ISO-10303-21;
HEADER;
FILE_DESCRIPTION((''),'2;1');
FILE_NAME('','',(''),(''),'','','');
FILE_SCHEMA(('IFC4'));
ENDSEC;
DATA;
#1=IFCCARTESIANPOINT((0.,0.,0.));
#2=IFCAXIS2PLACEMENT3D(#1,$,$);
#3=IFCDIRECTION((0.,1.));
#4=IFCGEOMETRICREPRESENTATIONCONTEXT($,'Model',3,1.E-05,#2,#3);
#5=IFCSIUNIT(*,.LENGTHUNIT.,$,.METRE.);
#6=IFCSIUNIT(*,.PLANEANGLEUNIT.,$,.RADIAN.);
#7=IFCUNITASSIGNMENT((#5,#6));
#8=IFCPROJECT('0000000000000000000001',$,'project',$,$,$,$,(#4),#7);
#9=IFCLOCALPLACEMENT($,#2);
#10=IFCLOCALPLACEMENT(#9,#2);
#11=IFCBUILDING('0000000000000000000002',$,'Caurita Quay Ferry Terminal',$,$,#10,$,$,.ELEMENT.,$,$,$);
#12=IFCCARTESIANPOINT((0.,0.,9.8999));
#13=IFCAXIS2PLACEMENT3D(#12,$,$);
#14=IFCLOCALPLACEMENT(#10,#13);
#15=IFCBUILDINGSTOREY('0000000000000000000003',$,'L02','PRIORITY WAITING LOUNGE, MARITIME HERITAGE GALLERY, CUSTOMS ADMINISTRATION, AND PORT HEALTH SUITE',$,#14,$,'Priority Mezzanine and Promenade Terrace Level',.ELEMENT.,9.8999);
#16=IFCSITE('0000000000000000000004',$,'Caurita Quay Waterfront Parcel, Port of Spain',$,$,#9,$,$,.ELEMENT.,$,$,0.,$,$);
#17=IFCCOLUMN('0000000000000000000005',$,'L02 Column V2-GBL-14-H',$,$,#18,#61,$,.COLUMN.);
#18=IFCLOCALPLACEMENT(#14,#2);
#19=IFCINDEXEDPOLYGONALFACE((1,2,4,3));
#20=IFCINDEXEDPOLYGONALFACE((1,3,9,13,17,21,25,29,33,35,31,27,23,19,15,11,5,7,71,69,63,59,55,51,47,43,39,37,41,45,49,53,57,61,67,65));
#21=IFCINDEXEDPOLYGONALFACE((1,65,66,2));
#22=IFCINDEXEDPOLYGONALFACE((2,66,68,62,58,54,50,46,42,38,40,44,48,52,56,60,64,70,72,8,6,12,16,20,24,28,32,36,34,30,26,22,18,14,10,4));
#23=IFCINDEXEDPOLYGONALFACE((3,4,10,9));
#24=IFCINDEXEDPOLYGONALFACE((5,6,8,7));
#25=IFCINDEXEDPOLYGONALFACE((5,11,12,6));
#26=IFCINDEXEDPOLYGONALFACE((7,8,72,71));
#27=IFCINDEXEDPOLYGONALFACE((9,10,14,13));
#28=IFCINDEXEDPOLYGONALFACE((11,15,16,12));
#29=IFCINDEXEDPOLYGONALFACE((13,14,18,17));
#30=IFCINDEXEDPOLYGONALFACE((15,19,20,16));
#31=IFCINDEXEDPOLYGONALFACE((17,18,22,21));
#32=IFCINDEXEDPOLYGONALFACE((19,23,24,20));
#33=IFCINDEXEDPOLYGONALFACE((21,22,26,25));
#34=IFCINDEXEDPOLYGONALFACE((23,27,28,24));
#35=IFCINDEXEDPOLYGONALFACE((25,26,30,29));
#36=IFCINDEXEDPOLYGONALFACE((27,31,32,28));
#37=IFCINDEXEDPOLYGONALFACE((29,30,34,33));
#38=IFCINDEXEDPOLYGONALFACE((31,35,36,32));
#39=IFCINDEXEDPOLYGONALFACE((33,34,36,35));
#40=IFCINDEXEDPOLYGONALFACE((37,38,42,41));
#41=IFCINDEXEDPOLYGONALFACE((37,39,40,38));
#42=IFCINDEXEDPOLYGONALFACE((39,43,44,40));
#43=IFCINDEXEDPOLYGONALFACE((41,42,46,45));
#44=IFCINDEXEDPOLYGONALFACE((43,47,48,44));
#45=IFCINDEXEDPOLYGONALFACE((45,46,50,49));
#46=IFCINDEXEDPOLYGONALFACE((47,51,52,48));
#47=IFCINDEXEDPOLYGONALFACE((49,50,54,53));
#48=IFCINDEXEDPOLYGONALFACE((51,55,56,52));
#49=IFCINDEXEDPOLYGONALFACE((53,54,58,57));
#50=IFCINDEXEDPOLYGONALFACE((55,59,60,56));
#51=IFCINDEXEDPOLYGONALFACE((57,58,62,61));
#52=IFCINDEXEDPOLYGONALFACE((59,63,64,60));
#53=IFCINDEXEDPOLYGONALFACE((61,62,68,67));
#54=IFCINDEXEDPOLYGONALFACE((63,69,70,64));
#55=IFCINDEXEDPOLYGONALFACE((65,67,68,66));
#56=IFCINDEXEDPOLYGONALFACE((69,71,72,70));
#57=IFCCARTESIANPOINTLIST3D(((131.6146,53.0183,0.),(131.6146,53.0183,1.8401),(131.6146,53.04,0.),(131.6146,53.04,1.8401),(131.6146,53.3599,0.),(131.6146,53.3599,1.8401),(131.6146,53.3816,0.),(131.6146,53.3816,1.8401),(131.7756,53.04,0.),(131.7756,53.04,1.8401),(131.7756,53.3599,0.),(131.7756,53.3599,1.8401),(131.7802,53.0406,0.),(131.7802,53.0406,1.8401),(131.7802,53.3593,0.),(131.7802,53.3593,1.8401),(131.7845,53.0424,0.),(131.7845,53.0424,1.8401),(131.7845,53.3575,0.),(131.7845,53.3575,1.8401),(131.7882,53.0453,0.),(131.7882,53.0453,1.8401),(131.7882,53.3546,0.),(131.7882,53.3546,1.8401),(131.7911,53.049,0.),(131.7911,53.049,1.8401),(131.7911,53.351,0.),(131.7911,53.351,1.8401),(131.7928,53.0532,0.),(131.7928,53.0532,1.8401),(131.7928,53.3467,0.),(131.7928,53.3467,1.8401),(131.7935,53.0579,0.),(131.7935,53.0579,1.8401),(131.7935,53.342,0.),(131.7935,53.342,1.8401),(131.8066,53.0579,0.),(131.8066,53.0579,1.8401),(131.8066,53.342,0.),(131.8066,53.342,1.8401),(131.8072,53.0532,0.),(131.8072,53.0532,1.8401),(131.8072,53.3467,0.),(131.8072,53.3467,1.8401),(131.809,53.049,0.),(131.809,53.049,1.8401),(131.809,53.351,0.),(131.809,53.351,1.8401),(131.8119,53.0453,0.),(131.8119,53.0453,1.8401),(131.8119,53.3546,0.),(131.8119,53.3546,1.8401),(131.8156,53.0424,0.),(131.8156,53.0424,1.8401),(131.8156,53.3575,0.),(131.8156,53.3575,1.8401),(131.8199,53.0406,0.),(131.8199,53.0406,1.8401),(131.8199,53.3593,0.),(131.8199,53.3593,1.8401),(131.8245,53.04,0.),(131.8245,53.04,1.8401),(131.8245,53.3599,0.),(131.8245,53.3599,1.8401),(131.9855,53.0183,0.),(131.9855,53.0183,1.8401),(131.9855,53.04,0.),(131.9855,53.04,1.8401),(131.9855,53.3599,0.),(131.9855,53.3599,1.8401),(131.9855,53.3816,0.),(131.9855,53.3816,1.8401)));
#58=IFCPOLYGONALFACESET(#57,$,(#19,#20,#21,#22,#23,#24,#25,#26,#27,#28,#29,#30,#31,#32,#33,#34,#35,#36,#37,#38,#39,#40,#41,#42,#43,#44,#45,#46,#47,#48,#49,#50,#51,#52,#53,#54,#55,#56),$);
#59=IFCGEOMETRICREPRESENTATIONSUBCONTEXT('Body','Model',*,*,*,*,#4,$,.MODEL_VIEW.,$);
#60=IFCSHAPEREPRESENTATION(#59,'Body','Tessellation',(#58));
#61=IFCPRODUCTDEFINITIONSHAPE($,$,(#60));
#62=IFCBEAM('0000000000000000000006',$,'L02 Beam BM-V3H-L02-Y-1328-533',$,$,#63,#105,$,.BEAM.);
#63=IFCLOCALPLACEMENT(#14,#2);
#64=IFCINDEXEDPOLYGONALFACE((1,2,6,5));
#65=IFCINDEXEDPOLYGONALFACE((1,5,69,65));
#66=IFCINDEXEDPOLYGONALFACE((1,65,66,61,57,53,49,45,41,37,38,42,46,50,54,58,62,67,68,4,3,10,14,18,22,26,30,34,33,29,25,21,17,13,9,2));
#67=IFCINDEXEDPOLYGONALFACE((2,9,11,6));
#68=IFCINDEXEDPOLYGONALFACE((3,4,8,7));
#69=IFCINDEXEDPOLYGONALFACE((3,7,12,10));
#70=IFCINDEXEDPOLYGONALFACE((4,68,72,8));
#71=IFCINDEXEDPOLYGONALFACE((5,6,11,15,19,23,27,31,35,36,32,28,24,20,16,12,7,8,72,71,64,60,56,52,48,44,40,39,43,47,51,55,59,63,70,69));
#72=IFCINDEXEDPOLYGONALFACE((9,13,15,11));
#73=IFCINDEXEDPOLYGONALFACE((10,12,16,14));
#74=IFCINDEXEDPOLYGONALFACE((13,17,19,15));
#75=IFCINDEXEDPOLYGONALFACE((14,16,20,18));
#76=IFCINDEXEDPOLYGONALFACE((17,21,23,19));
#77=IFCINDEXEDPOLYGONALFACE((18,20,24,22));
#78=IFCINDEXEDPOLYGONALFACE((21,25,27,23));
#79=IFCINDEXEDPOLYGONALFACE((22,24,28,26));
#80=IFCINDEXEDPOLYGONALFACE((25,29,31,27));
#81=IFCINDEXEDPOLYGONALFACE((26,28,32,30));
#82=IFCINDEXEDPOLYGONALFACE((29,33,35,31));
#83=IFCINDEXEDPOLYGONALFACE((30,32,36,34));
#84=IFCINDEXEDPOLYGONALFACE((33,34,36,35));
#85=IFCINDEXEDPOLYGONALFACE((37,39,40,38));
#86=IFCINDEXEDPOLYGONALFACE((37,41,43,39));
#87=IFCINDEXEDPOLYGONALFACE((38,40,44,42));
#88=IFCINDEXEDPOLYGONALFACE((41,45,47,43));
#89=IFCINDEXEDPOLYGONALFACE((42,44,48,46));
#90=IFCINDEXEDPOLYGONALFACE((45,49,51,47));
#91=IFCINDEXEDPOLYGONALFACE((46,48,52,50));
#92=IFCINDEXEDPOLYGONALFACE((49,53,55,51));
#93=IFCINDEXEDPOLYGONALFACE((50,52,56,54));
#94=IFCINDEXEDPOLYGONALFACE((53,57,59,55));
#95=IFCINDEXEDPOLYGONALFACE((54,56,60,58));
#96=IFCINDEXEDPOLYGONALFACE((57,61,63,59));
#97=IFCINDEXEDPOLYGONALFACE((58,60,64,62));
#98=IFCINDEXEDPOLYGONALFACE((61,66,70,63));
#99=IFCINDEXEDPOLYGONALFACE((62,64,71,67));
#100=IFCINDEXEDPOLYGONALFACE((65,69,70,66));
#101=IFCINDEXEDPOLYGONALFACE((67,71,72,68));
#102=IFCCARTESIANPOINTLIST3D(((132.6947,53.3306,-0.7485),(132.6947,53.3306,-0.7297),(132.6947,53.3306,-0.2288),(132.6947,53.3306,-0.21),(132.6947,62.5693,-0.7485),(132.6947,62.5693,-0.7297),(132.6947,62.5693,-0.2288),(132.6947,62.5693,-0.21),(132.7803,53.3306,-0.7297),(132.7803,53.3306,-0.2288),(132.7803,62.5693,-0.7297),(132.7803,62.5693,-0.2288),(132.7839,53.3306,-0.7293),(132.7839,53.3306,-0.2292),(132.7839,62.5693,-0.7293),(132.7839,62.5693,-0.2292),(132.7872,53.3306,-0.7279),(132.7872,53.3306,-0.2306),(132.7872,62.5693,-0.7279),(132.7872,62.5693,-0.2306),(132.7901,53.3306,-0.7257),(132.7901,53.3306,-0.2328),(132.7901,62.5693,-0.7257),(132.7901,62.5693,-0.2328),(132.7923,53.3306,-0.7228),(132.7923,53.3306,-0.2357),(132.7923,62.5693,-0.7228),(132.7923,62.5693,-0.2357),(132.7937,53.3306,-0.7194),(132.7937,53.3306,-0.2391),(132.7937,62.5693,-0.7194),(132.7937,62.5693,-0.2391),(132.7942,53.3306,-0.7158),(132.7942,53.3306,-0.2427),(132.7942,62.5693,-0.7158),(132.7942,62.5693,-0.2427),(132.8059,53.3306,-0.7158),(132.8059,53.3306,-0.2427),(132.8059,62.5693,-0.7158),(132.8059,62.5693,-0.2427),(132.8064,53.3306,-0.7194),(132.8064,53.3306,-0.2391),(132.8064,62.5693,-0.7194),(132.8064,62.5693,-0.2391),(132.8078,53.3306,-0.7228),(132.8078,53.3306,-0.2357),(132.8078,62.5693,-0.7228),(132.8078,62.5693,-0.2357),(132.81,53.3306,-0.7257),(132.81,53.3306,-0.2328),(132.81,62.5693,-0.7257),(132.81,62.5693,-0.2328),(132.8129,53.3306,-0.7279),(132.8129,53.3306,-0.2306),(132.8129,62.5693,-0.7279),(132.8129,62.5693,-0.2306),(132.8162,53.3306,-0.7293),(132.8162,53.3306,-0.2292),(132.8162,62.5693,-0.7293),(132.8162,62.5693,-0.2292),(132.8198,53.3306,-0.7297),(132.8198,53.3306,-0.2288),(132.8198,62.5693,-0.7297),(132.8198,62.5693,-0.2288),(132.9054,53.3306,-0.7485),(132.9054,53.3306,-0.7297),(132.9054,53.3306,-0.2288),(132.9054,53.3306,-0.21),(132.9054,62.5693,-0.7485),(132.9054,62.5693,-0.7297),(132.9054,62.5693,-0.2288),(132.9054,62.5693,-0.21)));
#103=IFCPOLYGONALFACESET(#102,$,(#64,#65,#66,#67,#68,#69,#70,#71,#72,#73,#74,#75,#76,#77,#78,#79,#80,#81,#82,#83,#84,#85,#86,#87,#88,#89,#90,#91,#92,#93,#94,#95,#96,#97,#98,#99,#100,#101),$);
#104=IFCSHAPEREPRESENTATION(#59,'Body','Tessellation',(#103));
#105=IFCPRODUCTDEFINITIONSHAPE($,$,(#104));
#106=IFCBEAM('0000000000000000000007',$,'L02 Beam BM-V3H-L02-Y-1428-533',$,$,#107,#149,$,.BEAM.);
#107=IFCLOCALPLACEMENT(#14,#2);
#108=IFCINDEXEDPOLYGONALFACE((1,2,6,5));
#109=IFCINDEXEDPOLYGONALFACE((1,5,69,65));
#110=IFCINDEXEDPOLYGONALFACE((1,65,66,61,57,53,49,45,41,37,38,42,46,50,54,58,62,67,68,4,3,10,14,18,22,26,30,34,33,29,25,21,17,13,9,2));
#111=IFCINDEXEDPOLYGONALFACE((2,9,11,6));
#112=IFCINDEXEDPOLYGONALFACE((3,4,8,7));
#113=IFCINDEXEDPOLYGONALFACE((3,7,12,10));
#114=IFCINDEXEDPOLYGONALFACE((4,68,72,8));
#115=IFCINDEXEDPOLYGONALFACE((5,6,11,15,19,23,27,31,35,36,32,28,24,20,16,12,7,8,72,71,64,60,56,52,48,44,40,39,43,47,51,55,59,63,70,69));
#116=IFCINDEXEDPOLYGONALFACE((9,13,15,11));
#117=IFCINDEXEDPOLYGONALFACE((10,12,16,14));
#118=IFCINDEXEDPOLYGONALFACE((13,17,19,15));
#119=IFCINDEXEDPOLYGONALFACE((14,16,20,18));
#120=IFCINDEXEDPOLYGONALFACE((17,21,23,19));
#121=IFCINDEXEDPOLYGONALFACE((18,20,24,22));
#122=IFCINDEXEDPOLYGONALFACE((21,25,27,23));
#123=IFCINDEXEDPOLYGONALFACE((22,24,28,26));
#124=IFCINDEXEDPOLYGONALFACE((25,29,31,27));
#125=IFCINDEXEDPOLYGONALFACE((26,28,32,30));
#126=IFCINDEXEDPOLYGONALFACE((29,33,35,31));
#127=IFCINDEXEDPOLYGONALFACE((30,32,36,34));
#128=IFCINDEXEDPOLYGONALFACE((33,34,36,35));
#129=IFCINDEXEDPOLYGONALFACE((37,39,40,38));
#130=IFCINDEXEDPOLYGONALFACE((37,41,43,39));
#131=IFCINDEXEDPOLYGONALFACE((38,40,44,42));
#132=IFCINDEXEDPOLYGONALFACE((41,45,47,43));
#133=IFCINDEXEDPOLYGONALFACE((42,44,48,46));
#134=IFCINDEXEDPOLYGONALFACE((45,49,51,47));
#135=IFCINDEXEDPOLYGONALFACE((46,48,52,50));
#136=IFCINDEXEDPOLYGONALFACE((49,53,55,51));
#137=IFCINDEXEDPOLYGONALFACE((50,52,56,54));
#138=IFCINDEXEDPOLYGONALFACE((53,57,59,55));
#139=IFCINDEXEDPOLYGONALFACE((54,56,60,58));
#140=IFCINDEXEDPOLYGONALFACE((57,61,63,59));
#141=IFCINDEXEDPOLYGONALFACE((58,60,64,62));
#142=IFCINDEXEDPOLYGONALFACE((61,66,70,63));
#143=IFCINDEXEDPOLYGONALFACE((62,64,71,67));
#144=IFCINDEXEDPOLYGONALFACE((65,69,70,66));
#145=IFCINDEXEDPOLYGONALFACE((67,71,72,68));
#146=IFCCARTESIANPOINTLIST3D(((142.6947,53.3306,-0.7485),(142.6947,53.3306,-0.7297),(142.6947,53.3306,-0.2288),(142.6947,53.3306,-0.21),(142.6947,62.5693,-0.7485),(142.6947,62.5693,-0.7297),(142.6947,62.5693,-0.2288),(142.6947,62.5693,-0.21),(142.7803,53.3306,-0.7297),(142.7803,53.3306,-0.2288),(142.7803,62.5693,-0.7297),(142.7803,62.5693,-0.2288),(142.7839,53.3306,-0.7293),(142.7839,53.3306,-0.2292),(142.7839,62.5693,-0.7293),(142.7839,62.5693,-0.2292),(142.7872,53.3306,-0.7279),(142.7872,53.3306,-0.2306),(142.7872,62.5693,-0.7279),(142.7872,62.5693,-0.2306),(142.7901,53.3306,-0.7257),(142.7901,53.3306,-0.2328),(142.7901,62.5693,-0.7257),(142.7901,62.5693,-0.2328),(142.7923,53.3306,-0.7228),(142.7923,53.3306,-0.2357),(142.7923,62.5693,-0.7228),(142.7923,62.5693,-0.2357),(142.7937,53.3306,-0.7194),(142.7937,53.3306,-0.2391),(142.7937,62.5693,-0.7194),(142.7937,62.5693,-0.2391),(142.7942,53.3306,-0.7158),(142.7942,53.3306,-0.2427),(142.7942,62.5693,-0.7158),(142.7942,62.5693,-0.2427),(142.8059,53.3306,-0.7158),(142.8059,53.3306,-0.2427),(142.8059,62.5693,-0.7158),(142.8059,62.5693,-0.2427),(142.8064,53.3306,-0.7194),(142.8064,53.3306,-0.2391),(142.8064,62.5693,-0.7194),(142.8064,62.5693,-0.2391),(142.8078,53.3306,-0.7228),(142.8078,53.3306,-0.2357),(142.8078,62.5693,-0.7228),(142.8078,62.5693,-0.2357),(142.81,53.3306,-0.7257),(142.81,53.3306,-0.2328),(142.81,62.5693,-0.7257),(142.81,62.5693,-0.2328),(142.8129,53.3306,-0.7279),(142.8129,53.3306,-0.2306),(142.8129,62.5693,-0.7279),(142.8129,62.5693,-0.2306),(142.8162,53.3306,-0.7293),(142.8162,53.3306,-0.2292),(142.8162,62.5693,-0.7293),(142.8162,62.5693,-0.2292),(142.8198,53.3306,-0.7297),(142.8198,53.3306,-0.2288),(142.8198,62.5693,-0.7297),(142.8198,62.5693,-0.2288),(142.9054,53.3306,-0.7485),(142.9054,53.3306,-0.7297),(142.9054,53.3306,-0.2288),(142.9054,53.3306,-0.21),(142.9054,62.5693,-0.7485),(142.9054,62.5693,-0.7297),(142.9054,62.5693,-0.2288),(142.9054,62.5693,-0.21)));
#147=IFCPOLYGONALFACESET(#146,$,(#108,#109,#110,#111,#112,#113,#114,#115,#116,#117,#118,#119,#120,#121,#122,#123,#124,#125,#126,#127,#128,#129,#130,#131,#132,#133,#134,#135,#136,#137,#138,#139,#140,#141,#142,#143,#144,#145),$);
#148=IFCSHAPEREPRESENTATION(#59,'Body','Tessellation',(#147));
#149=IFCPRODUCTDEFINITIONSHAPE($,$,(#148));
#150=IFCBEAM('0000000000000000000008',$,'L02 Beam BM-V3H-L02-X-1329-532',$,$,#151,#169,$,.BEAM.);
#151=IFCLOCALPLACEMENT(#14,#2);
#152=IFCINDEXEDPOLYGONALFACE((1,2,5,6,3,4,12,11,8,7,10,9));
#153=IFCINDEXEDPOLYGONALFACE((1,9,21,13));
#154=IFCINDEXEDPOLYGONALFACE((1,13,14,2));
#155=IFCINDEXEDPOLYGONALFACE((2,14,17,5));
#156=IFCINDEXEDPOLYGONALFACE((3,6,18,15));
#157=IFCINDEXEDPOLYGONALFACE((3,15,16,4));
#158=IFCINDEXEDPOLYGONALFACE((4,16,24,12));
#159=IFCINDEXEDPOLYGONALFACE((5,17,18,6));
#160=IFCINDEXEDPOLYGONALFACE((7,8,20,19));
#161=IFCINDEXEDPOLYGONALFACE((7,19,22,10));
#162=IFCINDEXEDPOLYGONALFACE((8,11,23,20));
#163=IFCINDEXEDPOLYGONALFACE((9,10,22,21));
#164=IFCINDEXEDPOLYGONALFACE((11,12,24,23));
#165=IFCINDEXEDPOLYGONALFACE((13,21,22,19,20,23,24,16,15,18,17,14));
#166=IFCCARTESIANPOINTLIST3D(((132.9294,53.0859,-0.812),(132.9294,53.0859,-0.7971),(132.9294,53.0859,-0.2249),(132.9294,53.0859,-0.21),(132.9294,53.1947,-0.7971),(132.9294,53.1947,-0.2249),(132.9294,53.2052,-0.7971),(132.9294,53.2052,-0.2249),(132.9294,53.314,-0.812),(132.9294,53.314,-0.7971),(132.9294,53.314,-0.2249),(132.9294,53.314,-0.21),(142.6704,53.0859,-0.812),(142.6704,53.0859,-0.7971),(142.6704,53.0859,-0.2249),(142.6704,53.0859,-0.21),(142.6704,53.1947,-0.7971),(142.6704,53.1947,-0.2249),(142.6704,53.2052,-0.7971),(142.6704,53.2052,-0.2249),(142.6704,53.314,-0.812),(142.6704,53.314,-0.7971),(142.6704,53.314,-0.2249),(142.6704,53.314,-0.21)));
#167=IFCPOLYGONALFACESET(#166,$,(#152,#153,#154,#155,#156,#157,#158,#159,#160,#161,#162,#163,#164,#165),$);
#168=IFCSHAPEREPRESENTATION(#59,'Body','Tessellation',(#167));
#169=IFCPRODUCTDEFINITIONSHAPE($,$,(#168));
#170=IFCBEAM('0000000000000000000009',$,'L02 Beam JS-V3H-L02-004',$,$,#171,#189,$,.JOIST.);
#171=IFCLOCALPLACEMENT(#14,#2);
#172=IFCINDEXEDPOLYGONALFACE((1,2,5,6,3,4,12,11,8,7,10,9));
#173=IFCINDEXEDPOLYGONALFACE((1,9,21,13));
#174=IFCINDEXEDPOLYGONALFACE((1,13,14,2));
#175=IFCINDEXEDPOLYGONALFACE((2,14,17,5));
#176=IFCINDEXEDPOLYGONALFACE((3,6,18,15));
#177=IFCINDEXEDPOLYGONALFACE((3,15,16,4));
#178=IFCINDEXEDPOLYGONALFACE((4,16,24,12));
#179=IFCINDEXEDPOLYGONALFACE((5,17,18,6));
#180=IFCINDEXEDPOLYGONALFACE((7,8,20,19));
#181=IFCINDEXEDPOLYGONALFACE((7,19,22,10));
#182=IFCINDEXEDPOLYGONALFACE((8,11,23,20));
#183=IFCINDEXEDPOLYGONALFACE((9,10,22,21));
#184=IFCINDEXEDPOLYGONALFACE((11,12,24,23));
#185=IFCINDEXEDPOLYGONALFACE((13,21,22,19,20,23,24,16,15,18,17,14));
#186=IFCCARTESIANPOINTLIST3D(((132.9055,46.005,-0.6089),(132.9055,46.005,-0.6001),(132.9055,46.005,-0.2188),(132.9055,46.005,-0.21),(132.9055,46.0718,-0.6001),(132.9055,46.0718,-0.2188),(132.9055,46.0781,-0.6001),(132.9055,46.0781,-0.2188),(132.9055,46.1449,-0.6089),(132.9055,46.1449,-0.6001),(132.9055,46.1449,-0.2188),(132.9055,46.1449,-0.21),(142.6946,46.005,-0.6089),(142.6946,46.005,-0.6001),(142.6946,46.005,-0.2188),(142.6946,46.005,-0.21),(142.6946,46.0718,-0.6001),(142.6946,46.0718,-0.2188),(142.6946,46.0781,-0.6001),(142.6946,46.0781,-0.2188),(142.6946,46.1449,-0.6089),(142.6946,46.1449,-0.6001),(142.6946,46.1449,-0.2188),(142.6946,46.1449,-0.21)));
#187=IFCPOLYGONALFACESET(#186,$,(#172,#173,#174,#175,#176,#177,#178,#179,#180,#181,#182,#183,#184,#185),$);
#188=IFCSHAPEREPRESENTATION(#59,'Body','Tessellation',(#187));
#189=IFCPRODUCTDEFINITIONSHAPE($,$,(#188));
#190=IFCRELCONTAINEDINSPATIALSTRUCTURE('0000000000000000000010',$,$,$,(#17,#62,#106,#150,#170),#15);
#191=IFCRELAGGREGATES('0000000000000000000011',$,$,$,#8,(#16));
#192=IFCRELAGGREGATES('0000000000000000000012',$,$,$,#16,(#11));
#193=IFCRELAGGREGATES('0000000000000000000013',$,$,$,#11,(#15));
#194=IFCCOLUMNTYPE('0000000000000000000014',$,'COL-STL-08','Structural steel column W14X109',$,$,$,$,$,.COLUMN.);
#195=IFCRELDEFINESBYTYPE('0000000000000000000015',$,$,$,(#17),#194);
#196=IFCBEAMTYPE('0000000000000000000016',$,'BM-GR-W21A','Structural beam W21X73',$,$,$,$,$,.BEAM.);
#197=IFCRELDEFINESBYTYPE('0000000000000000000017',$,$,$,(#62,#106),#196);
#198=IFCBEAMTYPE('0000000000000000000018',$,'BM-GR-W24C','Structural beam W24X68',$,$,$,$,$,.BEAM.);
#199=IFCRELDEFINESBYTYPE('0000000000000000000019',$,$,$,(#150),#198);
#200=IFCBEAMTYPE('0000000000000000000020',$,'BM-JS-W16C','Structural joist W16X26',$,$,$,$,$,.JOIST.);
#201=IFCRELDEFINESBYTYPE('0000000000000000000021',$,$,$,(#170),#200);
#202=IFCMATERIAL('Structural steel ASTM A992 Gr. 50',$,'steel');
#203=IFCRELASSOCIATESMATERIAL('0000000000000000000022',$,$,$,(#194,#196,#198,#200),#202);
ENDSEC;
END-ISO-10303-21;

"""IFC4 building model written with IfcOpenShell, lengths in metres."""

from ifc_helpers import new_model, si_unit, direction, frame, origin, origin_2d, place, context, subcontext, project, spatial, i_section, extrude, material, material_profile, profile_set, type_object, element, save


model = new_model("IFC4")

# Units and contexts
model_context = context("Model", 3, precision=1e-05, world=origin(), true_north=direction((0.0, 1.0)))
body_context = subcontext(model_context, "Body", "Model", "MODEL_VIEW")
ifc_project = project(units=[si_unit("LENGTHUNIT", "METRE"), si_unit("PLANEANGLEUNIT", "RADIAN")], contexts=[model_context])

# Site, building, storey
site_placement = place(None, origin())
site = spatial("IfcSite", under=ifc_project, at=site_placement, Name="Caurita Quay Waterfront Parcel, Port of Spain", CompositionType="ELEMENT", RefElevation=0.0)
building_placement = place(site_placement, origin())
building = spatial("IfcBuilding", under=site, at=building_placement, Name="Caurita Quay Ferry Terminal", CompositionType="ELEMENT")
storey_placement = place(building_placement, frame((0.0, 0.0, 9.8999)))
storey = spatial("IfcBuildingStorey", under=building, at=storey_placement, Name="L02", Description="PRIORITY WAITING LOUNGE, MARITIME HERITAGE GALLERY, CUSTOMS ADMINISTRATION, AND PORT HEALTH SUITE", LongName="Priority Mezzanine and Promenade Terrace Level", CompositionType="ELEMENT", Elevation=9.8999)

# Column
ifc_material_1 = material(Name="Structural steel ASTM A992 Gr. 50", Category="steel")
ifc_material_profile_1 = material_profile(ifc_material_1, i_section(OverallWidth=0.3708, OverallDepth=0.3633, WebThickness=0.0132, FlangeThickness=0.0217, FilletRadius=0.0178, at=origin_2d()), Name="W14X109")
ifc_profile_set_1 = profile_set([ifc_material_profile_1], Name="Structural steel ASTM A992 Gr. 50")
column_type = type_object("IfcColumnType", Name="COL-STL-08", Description="Structural steel column W14X109", PredefinedType="COLUMN", material=ifc_profile_set_1)
column_placement = place(storey_placement, frame((131.8, 53.2, 0.0), z_axis=(0.0, 0.0, 1.0), x_axis=(1.0, 0.0, 0.0)))
element("IfcColumn", 1, at=column_placement, inside=storey, type_object=column_type, Name="L02 Column V2-GBL-14-H", PredefinedType="COLUMN", context=body_context, shape_type="SweptSolid", body=[
    extrude(i_section(OverallWidth=0.3708, OverallDepth=0.3633, WebThickness=0.0132, FlangeThickness=0.0217, FilletRadius=0.0178, at=origin_2d()), origin(), (0.0, 0.0, 1.0), 1.8401),
])

# Beams
ifc_material_profile_2 = material_profile(ifc_material_1, i_section(OverallWidth=0.2107, OverallDepth=0.5386, WebThickness=0.0117, FlangeThickness=0.0188, FilletRadius=0.0139, at=origin_2d()), Name="W21X73")
ifc_profile_set_2 = profile_set([ifc_material_profile_2], Name="Structural steel ASTM A992 Gr. 50")
beam_type_1 = type_object("IfcBeamType", Name="BM-GR-W21A", Description="Structural beam W21X73", PredefinedType="BEAM", material=ifc_profile_set_2)
for number, where, z_axis, x_axis, name in (
    (2, (132.8, 53.3306, -0.4792), (0.0, 1.0, 0.0), (-1.0, 0.0, 0.0), "L02 Beam BM-V3H-L02-Y-1328-533"),
    (3, (142.8, 53.3306, -0.4792), (0.0, 1.0, 0.0), (-1.0, 0.0, 0.0), "L02 Beam BM-V3H-L02-Y-1428-533"),
):
    element("IfcBeam", number, at=place(storey_placement, frame(where, z_axis=z_axis, x_axis=x_axis)), inside=storey, type_object=beam_type_1, Name=name, PredefinedType="BEAM", context=body_context, shape_type="SweptSolid", body=[
        extrude(i_section(OverallWidth=0.2107, OverallDepth=0.5386, WebThickness=0.0117, FlangeThickness=0.0188, FilletRadius=0.0139, at=origin_2d()), origin(), (0.0, 0.0, 1.0), 9.2388),
    ])
ifc_material_profile_3 = material_profile(ifc_material_1, i_section(OverallWidth=0.228, OverallDepth=0.6021, WebThickness=0.0105, FlangeThickness=0.0149, at=origin_2d()), Name="W24X68")
ifc_profile_set_3 = profile_set([ifc_material_profile_3], Name="Structural steel ASTM A992 Gr. 50")
beam_type_2 = type_object("IfcBeamType", Name="BM-GR-W24C", Description="Structural beam W24X68", PredefinedType="BEAM", material=ifc_profile_set_3)
beam_placement = place(storey_placement, frame((132.9294, 53.2, -0.511), z_axis=(1.0, 0.0, 0.0), x_axis=(0.0, 1.0, 0.0)))
element("IfcBeam", 4, at=beam_placement, inside=storey, type_object=beam_type_2, Name="L02 Beam BM-V3H-L02-X-1329-532", PredefinedType="BEAM", context=body_context, shape_type="SweptSolid", body=[
    extrude(i_section(OverallWidth=0.228, OverallDepth=0.6021, WebThickness=0.0105, FlangeThickness=0.0149, at=origin_2d()), origin(), (0.0, 0.0, 1.0), 9.741),
])
ifc_material_profile_4 = material_profile(ifc_material_1, i_section(OverallWidth=0.1399, OverallDepth=0.3989, WebThickness=0.0063, FlangeThickness=0.0088, at=origin_2d()), Name="W16X26")
ifc_profile_set_4 = profile_set([ifc_material_profile_4], Name="Structural steel ASTM A992 Gr. 50")
beam_type_3 = type_object("IfcBeamType", Name="BM-JS-W16C", Description="Structural joist W16X26", PredefinedType="JOIST", material=ifc_profile_set_4)
for number, where, z_axis, x_axis, name in (
    (5, (132.9055, 46.075, -0.4094), (1.0, 0.0, 0.0), (0.0, 1.0, 0.0), "L02 Beam JS-V3H-L02-004"),
):
    element("IfcBeam", number, at=place(storey_placement, frame(where, z_axis=z_axis, x_axis=x_axis)), inside=storey, type_object=beam_type_3, Name=name, PredefinedType="JOIST", context=body_context, shape_type="SweptSolid", body=[
        extrude(i_section(OverallWidth=0.1399, OverallDepth=0.3989, WebThickness=0.0063, FlangeThickness=0.0088, at=origin_2d()), origin(), (0.0, 0.0, 1.0), 9.7891),
    ])

save(model, "model.ifc")
